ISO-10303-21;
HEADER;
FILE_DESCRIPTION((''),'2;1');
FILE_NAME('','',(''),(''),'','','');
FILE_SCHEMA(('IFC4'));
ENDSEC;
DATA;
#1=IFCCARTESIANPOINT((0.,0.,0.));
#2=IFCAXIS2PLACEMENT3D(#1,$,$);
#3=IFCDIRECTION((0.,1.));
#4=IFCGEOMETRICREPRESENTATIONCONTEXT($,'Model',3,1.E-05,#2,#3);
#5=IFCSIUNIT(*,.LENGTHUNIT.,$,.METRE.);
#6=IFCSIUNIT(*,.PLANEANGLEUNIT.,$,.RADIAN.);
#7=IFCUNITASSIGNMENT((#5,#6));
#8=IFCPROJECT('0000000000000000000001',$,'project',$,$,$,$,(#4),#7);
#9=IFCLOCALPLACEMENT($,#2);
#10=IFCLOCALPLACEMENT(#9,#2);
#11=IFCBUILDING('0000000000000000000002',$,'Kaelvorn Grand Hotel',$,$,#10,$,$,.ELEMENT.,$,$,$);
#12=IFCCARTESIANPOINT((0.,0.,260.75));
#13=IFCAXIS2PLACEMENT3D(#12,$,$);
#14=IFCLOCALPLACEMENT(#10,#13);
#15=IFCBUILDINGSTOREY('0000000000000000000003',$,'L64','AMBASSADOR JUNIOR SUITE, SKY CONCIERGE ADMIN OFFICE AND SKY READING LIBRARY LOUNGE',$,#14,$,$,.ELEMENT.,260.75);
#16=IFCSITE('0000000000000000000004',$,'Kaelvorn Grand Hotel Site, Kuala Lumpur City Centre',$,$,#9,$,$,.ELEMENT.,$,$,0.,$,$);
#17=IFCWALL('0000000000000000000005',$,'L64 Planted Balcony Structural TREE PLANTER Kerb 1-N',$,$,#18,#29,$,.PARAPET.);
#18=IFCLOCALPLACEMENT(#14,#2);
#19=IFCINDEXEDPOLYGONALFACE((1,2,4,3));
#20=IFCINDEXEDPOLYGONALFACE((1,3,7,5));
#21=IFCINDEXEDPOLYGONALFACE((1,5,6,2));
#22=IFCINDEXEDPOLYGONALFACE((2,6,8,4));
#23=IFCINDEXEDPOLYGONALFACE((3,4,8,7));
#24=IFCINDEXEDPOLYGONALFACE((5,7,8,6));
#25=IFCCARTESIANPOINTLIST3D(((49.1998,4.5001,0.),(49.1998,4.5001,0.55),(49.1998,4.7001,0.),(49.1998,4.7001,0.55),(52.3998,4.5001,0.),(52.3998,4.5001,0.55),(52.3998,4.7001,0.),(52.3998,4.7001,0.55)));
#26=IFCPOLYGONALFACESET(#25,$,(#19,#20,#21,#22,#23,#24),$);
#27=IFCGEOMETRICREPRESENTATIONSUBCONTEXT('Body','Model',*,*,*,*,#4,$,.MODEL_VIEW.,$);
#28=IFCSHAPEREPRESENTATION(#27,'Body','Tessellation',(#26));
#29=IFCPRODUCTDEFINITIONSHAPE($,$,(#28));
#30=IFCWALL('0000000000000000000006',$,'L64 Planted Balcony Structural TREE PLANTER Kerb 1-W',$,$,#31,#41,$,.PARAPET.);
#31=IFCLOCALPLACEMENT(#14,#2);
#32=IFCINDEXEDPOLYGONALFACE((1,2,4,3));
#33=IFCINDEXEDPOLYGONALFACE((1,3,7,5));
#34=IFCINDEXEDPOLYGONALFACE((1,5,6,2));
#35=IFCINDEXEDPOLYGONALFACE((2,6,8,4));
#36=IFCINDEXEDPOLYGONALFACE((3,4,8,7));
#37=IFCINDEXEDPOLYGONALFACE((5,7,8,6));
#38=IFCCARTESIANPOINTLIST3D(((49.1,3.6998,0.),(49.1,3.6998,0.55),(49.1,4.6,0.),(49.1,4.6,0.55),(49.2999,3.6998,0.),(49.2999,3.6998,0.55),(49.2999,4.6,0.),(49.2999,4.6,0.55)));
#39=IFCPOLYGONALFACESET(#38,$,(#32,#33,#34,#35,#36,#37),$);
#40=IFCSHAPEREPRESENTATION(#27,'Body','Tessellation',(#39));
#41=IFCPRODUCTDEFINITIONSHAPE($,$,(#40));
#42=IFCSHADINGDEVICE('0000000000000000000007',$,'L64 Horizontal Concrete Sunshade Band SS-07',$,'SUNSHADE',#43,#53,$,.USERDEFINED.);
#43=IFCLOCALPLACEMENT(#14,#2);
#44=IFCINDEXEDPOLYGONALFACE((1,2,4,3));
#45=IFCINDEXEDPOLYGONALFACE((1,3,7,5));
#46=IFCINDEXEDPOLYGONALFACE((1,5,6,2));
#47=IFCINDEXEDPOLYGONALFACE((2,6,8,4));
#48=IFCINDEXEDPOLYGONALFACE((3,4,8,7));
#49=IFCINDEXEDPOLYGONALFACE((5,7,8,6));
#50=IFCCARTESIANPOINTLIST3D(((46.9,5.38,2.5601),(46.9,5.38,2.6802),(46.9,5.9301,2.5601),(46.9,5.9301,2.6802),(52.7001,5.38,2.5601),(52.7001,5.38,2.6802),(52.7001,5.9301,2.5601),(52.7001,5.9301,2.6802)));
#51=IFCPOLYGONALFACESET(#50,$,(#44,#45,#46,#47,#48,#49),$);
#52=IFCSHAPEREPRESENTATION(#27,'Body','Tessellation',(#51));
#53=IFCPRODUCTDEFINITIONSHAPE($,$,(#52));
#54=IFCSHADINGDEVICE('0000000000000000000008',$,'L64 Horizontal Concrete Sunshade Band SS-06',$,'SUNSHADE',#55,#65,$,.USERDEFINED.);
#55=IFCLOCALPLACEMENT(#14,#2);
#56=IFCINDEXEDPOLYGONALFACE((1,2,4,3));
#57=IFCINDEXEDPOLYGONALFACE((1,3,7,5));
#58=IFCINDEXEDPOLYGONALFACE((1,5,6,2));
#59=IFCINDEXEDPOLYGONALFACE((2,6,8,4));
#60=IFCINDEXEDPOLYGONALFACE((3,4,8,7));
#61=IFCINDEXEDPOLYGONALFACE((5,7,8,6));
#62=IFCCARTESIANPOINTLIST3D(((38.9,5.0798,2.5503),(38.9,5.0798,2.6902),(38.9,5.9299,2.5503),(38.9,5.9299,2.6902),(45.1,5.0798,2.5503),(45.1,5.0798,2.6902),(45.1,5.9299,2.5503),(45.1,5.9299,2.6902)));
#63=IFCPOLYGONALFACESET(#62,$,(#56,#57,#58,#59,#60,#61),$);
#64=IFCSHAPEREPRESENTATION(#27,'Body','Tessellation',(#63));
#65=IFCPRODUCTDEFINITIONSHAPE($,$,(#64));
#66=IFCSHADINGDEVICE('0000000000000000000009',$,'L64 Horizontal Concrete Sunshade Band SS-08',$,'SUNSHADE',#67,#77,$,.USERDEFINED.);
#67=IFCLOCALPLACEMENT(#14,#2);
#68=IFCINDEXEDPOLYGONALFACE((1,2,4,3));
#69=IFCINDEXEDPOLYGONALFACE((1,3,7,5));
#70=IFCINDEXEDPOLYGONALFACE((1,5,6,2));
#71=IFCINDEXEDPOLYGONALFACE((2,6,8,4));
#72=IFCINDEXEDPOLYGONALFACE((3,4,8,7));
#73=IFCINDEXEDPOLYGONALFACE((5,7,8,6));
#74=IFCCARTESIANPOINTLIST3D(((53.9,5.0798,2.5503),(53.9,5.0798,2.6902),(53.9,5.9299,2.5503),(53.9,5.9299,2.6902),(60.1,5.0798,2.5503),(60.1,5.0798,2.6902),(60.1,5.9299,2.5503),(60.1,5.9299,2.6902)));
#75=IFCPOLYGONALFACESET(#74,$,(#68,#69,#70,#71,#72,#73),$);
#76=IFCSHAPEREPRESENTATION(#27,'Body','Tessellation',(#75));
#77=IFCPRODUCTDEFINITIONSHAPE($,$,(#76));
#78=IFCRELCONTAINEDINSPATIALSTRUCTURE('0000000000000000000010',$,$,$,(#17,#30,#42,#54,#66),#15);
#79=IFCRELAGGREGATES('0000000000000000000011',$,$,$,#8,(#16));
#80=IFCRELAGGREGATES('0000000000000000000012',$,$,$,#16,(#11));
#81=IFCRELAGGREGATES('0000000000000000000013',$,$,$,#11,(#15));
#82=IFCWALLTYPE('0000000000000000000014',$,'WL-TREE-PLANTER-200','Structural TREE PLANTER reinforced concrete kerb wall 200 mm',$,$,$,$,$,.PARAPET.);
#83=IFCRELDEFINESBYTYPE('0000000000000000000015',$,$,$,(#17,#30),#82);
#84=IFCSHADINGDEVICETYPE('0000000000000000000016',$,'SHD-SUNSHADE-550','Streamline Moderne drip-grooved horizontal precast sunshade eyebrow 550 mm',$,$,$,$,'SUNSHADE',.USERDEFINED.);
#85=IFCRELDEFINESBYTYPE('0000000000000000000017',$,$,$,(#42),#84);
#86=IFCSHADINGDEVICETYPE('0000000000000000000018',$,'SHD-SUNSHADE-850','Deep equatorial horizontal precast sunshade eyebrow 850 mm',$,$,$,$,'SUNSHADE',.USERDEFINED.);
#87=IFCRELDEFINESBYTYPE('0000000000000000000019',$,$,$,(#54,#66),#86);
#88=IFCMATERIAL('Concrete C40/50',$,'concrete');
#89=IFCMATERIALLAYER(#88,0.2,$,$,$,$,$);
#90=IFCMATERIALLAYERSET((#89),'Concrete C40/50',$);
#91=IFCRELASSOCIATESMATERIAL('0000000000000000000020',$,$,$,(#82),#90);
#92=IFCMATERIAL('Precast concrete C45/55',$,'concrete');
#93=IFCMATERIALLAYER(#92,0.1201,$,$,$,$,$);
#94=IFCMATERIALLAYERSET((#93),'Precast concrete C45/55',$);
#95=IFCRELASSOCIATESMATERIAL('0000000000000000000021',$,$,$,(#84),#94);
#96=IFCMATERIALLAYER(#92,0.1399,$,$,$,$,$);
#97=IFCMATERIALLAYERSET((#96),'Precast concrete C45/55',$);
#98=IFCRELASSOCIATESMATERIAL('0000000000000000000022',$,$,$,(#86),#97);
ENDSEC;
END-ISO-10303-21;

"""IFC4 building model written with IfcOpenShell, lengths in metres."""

from ifc_helpers import new_model, si_unit, direction, frame, frame_2d, origin, origin_2d, place, context, subcontext, project, spatial, rectangle, extrude, material, layer, layer_set, type_object, element, save


model = new_model("IFC4")

# Units and contexts
model_context = context("Model", 3, precision=1e-05, world=origin(), true_north=direction((0.0, 1.0)))
body_context = subcontext(model_context, "Body", "Model", "MODEL_VIEW")
ifc_project = project(units=[si_unit("LENGTHUNIT", "METRE"), si_unit("PLANEANGLEUNIT", "RADIAN")], contexts=[model_context])

# Site, building, storey
site_placement = place(None, origin())
site = spatial("IfcSite", under=ifc_project, at=site_placement, Name="Kaelvorn Grand Hotel Site, Kuala Lumpur City Centre", CompositionType="ELEMENT", RefElevation=0.0)
building_placement = place(site_placement, origin())
building = spatial("IfcBuilding", under=site, at=building_placement, Name="Kaelvorn Grand Hotel", CompositionType="ELEMENT")
storey_placement = place(building_placement, frame((0.0, 0.0, 260.75)))
storey = spatial("IfcBuildingStorey", under=building, at=storey_placement, Name="L64", Description="AMBASSADOR JUNIOR SUITE, SKY CONCIERGE ADMIN OFFICE AND SKY READING LIBRARY LOUNGE", CompositionType="ELEMENT", Elevation=260.75)

# Shared definitions
ifc_material_1 = material(Name="Concrete C40/50", Category="concrete")

# Walls
ifc_layer_1 = layer(ifc_material_1, 0.2)
ifc_layer_set_1 = layer_set([ifc_layer_1], Name="Concrete C40/50")
wall_type_1 = type_object("IfcWallType", Name="WL-TREE-PLANTER-200", Description="Structural TREE PLANTER reinforced concrete kerb wall 200 mm", PredefinedType="PARAPET", material=ifc_layer_set_1)
wall_1_placement = place(storey_placement, frame((52.3999, 4.6001, 0.0), z_axis=(0.0, 0.0, 1.0), x_axis=(-1.0, 0.0, 0.0)))
element("IfcWall", 1, at=wall_1_placement, inside=storey, type_object=wall_type_1, Name="L64 Planted Balcony Structural TREE PLANTER Kerb 1-N", PredefinedType="PARAPET", context=body_context, shape_type="SweptSolid", body=[
    extrude(rectangle(XDim=3.2, YDim=0.2, at=frame_2d((1.6001, 0.0))), origin(), (0.0, 0.0, 1.0), 0.55),
])
wall_2_placement = place(storey_placement, frame((49.2, 4.6001, 0.0), z_axis=(0.0, 0.0, 1.0), x_axis=(0.0, -1.0, 0.0)))
element("IfcWall", 2, at=wall_2_placement, inside=storey, type_object=wall_type_1, Name="L64 Planted Balcony Structural TREE PLANTER Kerb 1-W", PredefinedType="PARAPET", context=body_context, shape_type="SweptSolid", body=[
    extrude(rectangle(XDim=0.9001, YDim=0.2, at=frame_2d((0.4502, 0.0))), origin(), (0.0, 0.0, 1.0), 0.55),
])

# Shading devices
ifc_material_2 = material(Name="Precast concrete C45/55", Category="concrete")
ifc_layer_2 = layer(ifc_material_2, 0.1201)
ifc_layer_set_2 = layer_set([ifc_layer_2], Name="Precast concrete C45/55")
shading_device_type_1 = type_object("IfcShadingDeviceType", Name="SHD-SUNSHADE-550", Description="Streamline Moderne drip-grooved horizontal precast sunshade eyebrow 550 mm", ElementType="SUNSHADE", PredefinedType="USERDEFINED", material=ifc_layer_set_2)
shading_device_placement = place(storey_placement, frame((49.8, 5.655, 2.5601), z_axis=(0.0, 0.0, 1.0), x_axis=(1.0, 0.0, 0.0)))
element("IfcShadingDevice", 3, at=shading_device_placement, inside=storey, type_object=shading_device_type_1, Name="L64 Horizontal Concrete Sunshade Band SS-07", ObjectType="SUNSHADE", PredefinedType="USERDEFINED", context=body_context, shape_type="SweptSolid", body=[
    extrude(rectangle(XDim=5.8, YDim=0.55, at=origin_2d()), origin(), (0.0, 0.0, 1.0), 0.1201),
])
ifc_layer_3 = layer(ifc_material_2, 0.1399)
ifc_layer_set_3 = layer_set([ifc_layer_3], Name="Precast concrete C45/55")
shading_device_type_2 = type_object("IfcShadingDeviceType", Name="SHD-SUNSHADE-850", Description="Deep equatorial horizontal precast sunshade eyebrow 850 mm", ElementType="SUNSHADE", PredefinedType="USERDEFINED", material=ifc_layer_set_3)
for number, where, z_axis, x_axis, name in (
    (4, (42.0, 5.5049, 2.5503), (0.0, 0.0, 1.0), (1.0, 0.0, 0.0), "L64 Horizontal Concrete Sunshade Band SS-06"),
    (5, (57.0, 5.5049, 2.5503), (0.0, 0.0, 1.0), (1.0, 0.0, 0.0), "L64 Horizontal Concrete Sunshade Band SS-08"),
):
    element("IfcShadingDevice", number, at=place(storey_placement, frame(where, z_axis=z_axis, x_axis=x_axis)), inside=storey, type_object=shading_device_type_2, Name=name, ObjectType="SUNSHADE", PredefinedType="USERDEFINED", context=body_context, shape_type="SweptSolid", body=[
        extrude(rectangle(XDim=6.2, YDim=0.8501, at=origin_2d()), origin(), (0.0, 0.0, 1.0), 0.1399),
    ])

save(model, "model.ifc")
